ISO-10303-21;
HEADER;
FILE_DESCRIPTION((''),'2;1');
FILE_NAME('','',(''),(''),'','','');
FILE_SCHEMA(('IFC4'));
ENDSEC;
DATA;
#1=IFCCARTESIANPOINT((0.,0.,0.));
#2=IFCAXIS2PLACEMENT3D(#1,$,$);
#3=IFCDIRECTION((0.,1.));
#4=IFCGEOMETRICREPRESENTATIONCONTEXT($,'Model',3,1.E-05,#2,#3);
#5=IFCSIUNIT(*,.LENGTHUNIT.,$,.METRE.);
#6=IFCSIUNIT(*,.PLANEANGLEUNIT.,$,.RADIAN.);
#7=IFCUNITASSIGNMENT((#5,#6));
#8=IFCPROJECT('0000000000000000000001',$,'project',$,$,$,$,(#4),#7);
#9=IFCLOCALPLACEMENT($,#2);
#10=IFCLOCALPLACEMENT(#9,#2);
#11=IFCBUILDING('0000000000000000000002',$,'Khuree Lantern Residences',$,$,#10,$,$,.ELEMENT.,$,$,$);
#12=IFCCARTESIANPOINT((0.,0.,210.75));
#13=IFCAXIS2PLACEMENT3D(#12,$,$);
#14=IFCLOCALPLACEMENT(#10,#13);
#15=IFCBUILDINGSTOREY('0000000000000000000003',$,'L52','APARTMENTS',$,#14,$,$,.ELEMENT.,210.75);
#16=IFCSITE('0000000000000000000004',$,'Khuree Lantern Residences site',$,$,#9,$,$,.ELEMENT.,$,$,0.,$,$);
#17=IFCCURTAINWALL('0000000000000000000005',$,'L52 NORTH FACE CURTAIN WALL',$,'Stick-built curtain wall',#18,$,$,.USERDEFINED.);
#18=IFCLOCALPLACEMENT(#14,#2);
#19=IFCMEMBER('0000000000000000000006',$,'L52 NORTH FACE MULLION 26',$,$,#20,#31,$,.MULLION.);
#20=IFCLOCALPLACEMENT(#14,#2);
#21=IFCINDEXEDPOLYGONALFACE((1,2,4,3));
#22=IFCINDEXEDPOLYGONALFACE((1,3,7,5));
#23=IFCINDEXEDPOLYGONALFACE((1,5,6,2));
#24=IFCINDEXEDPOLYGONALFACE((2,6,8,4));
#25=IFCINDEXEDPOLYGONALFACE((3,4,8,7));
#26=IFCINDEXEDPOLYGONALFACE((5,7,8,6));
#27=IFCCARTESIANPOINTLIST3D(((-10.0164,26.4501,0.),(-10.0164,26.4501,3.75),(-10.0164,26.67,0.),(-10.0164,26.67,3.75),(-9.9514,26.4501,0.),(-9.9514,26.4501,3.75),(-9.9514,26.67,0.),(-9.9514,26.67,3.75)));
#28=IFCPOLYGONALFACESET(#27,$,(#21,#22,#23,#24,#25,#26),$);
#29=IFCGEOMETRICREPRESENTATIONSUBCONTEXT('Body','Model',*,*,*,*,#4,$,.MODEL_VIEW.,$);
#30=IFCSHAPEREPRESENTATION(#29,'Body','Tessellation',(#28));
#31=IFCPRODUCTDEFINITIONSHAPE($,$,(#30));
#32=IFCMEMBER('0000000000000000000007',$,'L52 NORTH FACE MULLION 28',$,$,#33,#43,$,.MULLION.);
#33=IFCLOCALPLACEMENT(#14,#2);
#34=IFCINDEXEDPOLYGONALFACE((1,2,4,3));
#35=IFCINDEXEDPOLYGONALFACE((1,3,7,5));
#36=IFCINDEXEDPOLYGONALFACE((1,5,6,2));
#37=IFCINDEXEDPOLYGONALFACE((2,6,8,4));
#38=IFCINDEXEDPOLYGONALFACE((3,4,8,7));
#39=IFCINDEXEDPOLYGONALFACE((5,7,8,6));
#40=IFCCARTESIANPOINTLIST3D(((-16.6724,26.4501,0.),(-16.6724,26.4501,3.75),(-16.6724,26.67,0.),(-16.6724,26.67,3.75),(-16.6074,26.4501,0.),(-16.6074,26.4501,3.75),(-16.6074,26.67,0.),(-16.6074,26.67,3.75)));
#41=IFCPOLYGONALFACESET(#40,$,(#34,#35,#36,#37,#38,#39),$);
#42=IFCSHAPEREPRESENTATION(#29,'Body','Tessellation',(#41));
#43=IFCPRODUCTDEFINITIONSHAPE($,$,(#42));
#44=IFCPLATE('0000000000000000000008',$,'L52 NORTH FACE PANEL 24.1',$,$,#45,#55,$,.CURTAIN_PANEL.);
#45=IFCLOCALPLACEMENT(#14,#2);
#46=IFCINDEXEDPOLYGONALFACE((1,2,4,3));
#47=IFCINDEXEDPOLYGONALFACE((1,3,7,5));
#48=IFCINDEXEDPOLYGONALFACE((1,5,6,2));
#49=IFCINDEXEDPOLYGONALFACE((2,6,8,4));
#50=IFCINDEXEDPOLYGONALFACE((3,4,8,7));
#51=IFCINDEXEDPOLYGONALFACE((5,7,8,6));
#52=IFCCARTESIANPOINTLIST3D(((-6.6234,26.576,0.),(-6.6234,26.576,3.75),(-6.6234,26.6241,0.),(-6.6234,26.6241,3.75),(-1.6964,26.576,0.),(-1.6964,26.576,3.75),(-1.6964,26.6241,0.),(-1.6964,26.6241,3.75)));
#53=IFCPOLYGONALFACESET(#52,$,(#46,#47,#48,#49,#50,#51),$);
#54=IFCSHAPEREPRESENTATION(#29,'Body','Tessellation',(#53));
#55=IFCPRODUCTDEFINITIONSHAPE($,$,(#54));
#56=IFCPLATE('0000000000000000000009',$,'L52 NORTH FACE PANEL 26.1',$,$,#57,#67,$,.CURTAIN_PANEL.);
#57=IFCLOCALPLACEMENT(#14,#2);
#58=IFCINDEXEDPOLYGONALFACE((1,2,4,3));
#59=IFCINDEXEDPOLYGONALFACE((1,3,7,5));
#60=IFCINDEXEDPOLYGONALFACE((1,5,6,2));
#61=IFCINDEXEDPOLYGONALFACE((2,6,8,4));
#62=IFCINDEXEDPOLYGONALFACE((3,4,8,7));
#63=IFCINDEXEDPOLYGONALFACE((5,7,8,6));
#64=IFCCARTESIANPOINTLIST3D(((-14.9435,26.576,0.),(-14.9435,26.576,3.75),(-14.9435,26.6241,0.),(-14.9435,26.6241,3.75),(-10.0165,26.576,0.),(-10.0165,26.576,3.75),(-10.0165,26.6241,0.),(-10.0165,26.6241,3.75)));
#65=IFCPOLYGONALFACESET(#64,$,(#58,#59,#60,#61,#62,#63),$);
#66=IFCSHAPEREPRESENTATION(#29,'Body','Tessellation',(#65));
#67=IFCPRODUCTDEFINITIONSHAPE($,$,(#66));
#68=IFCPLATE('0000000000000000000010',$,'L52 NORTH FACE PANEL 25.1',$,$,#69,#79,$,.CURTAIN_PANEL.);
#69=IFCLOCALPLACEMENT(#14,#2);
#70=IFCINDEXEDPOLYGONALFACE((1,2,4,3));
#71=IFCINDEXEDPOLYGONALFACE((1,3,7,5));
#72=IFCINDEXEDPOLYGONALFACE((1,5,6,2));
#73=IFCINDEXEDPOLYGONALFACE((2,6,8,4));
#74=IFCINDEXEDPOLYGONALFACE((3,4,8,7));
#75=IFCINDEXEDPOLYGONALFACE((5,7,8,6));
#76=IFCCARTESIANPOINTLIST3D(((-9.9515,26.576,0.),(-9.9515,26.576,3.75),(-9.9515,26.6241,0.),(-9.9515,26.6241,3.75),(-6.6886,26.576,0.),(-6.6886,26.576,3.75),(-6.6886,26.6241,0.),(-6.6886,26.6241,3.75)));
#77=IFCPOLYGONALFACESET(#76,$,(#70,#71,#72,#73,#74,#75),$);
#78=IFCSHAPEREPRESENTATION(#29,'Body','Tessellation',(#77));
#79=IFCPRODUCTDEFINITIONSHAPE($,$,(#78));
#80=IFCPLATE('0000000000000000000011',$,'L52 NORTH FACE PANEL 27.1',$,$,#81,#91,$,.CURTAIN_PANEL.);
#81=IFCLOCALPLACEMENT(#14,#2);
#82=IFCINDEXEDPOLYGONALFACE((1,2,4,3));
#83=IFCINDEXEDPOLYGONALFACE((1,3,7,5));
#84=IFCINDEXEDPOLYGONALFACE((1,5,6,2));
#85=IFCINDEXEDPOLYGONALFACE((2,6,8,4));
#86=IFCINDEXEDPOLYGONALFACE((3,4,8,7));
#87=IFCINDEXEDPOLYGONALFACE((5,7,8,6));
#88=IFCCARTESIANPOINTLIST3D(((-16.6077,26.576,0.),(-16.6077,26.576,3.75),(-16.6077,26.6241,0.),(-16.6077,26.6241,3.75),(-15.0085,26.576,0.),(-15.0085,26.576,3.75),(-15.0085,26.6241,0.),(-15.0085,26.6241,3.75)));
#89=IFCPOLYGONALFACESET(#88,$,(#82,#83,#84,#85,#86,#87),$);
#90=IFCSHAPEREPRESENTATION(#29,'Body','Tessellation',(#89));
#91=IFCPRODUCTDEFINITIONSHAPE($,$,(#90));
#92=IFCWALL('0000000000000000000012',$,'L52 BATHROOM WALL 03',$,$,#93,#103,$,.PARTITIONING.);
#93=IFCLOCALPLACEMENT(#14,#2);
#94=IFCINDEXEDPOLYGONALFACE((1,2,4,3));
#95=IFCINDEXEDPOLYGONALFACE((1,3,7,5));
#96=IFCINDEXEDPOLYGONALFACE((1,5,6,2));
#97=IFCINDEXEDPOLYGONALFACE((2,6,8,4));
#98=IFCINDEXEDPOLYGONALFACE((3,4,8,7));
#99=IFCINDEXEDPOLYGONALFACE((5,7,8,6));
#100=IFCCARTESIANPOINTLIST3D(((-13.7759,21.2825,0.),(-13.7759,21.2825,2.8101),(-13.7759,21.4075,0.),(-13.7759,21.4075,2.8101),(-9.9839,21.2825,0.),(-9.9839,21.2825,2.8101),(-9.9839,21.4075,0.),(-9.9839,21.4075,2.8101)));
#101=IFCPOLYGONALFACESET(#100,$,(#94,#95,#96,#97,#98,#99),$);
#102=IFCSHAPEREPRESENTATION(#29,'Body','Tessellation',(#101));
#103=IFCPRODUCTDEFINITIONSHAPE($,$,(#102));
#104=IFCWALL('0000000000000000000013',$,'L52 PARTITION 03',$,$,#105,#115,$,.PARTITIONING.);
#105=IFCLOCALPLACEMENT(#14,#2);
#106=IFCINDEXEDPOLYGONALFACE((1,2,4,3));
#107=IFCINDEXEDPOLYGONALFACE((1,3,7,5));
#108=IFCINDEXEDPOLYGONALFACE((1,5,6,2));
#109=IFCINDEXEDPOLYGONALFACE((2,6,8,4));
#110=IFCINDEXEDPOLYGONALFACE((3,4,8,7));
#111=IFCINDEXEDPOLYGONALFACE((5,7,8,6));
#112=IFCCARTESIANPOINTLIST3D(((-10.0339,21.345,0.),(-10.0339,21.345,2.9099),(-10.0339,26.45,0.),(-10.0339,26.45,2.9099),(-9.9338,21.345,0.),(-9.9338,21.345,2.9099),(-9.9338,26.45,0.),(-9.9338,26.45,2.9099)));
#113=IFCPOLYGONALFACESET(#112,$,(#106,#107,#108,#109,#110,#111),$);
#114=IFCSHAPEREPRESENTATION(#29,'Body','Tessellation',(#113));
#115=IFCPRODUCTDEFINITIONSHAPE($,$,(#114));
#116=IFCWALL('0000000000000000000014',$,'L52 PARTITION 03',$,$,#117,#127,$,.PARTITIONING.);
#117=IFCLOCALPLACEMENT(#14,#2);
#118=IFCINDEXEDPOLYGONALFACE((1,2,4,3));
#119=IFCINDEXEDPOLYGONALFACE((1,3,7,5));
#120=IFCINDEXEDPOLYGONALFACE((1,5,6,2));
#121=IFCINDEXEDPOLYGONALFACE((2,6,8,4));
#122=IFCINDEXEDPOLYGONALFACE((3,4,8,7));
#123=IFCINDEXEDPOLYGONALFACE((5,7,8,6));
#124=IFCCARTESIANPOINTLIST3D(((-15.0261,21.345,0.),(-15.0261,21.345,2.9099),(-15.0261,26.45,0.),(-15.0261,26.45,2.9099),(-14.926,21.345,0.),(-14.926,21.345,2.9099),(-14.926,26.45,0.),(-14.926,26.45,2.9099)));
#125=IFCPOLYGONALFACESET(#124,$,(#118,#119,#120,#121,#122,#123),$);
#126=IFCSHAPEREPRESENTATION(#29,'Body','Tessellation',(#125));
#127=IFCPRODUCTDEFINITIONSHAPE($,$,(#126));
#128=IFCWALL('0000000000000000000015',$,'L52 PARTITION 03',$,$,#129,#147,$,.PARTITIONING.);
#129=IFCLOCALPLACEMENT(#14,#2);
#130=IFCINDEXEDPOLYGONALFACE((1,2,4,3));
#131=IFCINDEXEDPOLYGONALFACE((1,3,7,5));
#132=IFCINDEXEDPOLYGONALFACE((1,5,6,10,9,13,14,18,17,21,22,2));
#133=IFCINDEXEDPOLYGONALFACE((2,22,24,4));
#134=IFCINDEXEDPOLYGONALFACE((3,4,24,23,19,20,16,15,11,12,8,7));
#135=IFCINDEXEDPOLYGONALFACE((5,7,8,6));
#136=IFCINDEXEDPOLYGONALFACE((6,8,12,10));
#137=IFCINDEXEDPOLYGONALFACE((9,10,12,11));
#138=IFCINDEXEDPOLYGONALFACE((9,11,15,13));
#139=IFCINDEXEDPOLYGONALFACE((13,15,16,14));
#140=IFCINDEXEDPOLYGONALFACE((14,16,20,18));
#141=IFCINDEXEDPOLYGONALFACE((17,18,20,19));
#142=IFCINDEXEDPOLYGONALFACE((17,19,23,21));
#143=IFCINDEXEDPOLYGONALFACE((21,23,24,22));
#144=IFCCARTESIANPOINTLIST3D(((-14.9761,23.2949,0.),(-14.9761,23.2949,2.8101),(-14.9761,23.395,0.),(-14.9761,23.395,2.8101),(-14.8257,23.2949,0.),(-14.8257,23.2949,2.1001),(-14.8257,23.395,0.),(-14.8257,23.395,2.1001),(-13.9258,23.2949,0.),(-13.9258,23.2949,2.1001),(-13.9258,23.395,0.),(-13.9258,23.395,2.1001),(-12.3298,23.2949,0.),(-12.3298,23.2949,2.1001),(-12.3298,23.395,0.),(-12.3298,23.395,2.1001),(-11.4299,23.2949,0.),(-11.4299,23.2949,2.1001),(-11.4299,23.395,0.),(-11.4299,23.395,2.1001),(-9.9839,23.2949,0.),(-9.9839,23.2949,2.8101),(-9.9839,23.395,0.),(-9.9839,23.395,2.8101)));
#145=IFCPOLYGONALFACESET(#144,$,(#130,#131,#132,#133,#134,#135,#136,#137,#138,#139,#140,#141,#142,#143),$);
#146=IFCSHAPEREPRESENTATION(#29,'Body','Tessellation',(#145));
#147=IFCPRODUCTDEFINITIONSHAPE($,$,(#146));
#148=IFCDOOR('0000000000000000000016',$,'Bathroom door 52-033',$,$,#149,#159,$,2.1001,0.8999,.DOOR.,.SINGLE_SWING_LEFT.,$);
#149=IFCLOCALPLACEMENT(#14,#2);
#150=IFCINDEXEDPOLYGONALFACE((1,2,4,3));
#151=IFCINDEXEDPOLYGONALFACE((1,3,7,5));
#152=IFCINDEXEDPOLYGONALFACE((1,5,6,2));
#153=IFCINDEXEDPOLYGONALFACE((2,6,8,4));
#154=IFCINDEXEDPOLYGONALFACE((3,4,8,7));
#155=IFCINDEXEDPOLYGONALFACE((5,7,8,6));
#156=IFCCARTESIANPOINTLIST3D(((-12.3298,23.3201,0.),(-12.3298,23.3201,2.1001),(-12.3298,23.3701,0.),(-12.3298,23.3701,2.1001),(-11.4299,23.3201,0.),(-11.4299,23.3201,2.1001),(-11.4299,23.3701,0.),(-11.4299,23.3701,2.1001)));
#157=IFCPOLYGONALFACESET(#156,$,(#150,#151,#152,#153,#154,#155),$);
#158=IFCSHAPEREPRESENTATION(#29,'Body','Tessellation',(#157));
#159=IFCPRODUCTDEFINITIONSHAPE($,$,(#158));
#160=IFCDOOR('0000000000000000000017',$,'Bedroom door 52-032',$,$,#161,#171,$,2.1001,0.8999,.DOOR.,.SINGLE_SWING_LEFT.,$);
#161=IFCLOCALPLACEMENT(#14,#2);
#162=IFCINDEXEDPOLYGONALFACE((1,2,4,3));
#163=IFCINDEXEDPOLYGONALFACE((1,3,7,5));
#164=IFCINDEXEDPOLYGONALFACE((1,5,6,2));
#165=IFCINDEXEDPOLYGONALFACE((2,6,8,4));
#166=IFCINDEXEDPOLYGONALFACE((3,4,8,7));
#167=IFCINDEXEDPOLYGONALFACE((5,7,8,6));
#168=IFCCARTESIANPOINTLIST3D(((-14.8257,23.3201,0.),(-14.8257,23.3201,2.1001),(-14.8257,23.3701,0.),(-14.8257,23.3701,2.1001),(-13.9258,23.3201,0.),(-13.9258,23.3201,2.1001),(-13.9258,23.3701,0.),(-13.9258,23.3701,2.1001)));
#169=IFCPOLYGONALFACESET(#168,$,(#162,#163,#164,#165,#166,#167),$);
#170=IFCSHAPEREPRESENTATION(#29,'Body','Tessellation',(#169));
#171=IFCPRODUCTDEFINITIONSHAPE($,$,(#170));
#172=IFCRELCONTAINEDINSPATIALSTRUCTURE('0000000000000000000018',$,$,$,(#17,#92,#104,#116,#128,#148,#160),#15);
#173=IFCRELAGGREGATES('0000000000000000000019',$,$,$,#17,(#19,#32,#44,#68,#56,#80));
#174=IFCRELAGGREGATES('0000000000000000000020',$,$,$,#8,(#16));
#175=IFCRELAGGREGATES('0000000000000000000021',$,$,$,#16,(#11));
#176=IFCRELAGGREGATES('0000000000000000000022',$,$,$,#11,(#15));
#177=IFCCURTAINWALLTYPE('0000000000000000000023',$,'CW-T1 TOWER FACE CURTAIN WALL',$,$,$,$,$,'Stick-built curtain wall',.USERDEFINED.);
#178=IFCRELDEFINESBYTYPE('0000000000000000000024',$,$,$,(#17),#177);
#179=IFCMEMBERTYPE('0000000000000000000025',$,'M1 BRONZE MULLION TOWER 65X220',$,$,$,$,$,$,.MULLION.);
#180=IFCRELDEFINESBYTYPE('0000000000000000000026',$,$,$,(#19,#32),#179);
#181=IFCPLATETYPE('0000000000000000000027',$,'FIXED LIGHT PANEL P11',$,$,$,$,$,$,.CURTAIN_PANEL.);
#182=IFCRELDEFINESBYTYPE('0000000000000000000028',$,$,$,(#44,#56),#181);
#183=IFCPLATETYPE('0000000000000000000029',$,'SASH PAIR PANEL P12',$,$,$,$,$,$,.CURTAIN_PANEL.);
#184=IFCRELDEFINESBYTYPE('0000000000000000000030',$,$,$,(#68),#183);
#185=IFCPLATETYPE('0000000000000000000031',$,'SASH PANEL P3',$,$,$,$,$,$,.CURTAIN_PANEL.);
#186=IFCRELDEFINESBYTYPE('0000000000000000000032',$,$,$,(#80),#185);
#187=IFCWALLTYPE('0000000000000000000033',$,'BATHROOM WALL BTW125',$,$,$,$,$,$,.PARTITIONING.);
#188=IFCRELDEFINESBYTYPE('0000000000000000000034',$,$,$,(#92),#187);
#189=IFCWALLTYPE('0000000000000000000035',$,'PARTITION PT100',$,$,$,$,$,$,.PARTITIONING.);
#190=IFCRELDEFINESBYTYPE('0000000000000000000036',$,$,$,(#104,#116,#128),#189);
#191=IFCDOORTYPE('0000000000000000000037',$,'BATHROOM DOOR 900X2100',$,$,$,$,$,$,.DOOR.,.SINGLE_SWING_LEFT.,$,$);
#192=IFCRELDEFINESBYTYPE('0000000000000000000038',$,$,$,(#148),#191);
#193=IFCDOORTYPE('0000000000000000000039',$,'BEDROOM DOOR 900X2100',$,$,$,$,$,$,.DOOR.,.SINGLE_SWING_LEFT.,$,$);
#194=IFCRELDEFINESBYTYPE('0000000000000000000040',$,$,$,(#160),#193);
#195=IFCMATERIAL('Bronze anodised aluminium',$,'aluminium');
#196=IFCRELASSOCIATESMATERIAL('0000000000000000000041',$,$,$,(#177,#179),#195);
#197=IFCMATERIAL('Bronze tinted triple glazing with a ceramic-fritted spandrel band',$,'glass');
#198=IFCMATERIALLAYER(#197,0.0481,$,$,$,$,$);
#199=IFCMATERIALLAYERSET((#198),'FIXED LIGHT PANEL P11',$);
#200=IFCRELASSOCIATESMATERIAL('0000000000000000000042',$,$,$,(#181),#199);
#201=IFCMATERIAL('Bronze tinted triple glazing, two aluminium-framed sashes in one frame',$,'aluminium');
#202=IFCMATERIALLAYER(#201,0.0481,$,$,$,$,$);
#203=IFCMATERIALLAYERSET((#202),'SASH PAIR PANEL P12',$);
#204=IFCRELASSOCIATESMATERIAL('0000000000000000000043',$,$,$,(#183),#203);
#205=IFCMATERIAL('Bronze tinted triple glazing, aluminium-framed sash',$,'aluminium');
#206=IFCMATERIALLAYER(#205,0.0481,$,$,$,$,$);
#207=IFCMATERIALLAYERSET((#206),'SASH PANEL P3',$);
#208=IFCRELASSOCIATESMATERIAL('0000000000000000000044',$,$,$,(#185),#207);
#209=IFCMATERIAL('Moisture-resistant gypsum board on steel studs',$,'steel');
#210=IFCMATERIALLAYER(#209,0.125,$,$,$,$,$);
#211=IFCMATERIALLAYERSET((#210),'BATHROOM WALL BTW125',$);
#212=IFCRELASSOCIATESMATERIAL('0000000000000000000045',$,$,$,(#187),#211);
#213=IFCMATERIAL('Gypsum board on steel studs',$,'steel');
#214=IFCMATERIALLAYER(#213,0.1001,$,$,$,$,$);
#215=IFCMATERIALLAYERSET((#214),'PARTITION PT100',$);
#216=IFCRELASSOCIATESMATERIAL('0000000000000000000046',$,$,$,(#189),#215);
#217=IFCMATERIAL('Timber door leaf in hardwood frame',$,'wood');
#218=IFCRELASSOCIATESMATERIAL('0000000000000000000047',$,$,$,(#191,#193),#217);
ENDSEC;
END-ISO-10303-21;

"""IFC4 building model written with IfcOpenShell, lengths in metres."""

from ifc_helpers import new_model, si_unit, direction, frame, frame_2d, origin, origin_2d, place, context, subcontext, project, spatial, rectangle, extrude, material, layer, layer_set, material_profile, profile_set, type_object, element, fill, aggregate, save


model = new_model("IFC4")

# Units and contexts
model_context = context("Model", 3, precision=1e-05, world=origin(), true_north=direction((0.0, 1.0)))
body_context = subcontext(model_context, "Body", "Model", "MODEL_VIEW")
ifc_project = project(units=[si_unit("LENGTHUNIT", "METRE"), si_unit("PLANEANGLEUNIT", "RADIAN")], contexts=[model_context])

# Site, building, storey
site_placement = place(None, origin())
site = spatial("IfcSite", under=ifc_project, at=site_placement, Name="Khuree Lantern Residences site", CompositionType="ELEMENT", RefElevation=0.0)
building_placement = place(site_placement, origin())
building = spatial("IfcBuilding", under=site, at=building_placement, Name="Khuree Lantern Residences", CompositionType="ELEMENT")
storey_placement = place(building_placement, frame((0.0, 0.0, 210.75)))
storey = spatial("IfcBuildingStorey", under=building, at=storey_placement, Name="L52", Description="APARTMENTS", CompositionType="ELEMENT", Elevation=210.75)

# Curtain wall
ifc_material_1 = material(Name="Bronze anodised aluminium", Category="aluminium")
curtain_wall_type = type_object("IfcCurtainWallType", Name="CW-T1 TOWER FACE CURTAIN WALL", ElementType="Stick-built curtain wall", PredefinedType="USERDEFINED", material=ifc_material_1)
curtain_wall_placement = place(storey_placement, origin())
curtain_wall = element("IfcCurtainWall", 1, at=curtain_wall_placement, inside=storey, type_object=curtain_wall_type, Name="L52 NORTH FACE CURTAIN WALL", ObjectType="Stick-built curtain wall", PredefinedType="USERDEFINED")

# Members
ifc_material_profile_1 = material_profile(ifc_material_1, rectangle(XDim=0.0649, YDim=0.22, at=origin_2d()), Name="M1 65X220")
ifc_profile_set_1 = profile_set([ifc_material_profile_1], Name="Bronze anodised aluminium")
member_type_1 = type_object("IfcMemberType", Name="M1 BRONZE MULLION TOWER 65X220", PredefinedType="MULLION", material=ifc_profile_set_1)
member_1_placement = place(storey_placement, frame((-9.9839, 26.5601, 0.0), z_axis=(0.0, 0.0, 1.0), x_axis=(-1.0, 0.0, 0.0)))
member_1 = element("IfcMember", 2, at=member_1_placement, type_object=member_type_1, Name="L52 NORTH FACE MULLION 26", PredefinedType="MULLION", context=body_context, shape_type="SweptSolid", body=[
    extrude(rectangle(XDim=0.0649, YDim=0.22, at=origin_2d()), origin(), (0.0, 0.0, 1.0), 3.75),
])
member_2_placement = place(storey_placement, frame((-16.6399, 26.5601, 0.0), z_axis=(0.0, 0.0, 1.0), x_axis=(-1.0, 0.0, 0.0)))
member_2 = element("IfcMember", 3, at=member_2_placement, type_object=member_type_1, Name="L52 NORTH FACE MULLION 28", PredefinedType="MULLION", context=body_context, shape_type="SweptSolid", body=[
    extrude(rectangle(XDim=0.0649, YDim=0.22, at=origin_2d()), origin(), (0.0, 0.0, 1.0), 3.75),
])

# Plates
ifc_material_2 = material(Name="Bronze tinted triple glazing with a ceramic-fritted spandrel band", Category="glass")
ifc_layer_1 = layer(ifc_material_2, 0.0481)
ifc_layer_set_1 = layer_set([ifc_layer_1], Name="FIXED LIGHT PANEL P11")
plate_type_1 = type_object("IfcPlateType", Name="FIXED LIGHT PANEL P11", PredefinedType="CURTAIN_PANEL", material=ifc_layer_set_1)
plate_1_placement = place(storey_placement, frame((-4.1599, 26.6001, 0.0), z_axis=(0.0, 0.0, 1.0), x_axis=(-1.0, 0.0, 0.0)))
plate_1 = element("IfcPlate", 4, at=plate_1_placement, type_object=plate_type_1, Name="L52 NORTH FACE PANEL 24.1", PredefinedType="CURTAIN_PANEL", context=body_context, shape_type="SweptSolid", body=[
    extrude(rectangle(XDim=4.927, YDim=0.0481, at=origin_2d()), origin(), (0.0, 0.0, 1.0), 3.75),
])
plate_2_placement = place(storey_placement, frame((-12.48, 26.6001, 0.0), z_axis=(0.0, 0.0, 1.0), x_axis=(-1.0, 0.0, 0.0)))
plate_2 = element("IfcPlate", 5, at=plate_2_placement, type_object=plate_type_1, Name="L52 NORTH FACE PANEL 26.1", PredefinedType="CURTAIN_PANEL", context=body_context, shape_type="SweptSolid", body=[
    extrude(rectangle(XDim=4.927, YDim=0.0481, at=origin_2d()), origin(), (0.0, 0.0, 1.0), 3.75),
])
ifc_material_3 = material(Name="Bronze tinted triple glazing, two aluminium-framed sashes in one frame", Category="aluminium")
ifc_layer_2 = layer(ifc_material_3, 0.0481)
ifc_layer_set_2 = layer_set([ifc_layer_2], Name="SASH PAIR PANEL P12")
plate_type_2 = type_object("IfcPlateType", Name="SASH PAIR PANEL P12", PredefinedType="CURTAIN_PANEL", material=ifc_layer_set_2)
plate_3_placement = place(storey_placement, frame((-8.3201, 26.6001, 0.0), z_axis=(0.0, 0.0, 1.0), x_axis=(-1.0, 0.0, 0.0)))
plate_3 = element("IfcPlate", 6, at=plate_3_placement, type_object=plate_type_2, Name="L52 NORTH FACE PANEL 25.1", PredefinedType="CURTAIN_PANEL", context=body_context, shape_type="SweptSolid", body=[
    extrude(rectangle(XDim=3.2629, YDim=0.0481, at=origin_2d()), origin(), (0.0, 0.0, 1.0), 3.75),
])
ifc_material_4 = material(Name="Bronze tinted triple glazing, aluminium-framed sash", Category="aluminium")
ifc_layer_3 = layer(ifc_material_4, 0.0481)
ifc_layer_set_3 = layer_set([ifc_layer_3], Name="SASH PANEL P3")
plate_type_3 = type_object("IfcPlateType", Name="SASH PANEL P3", PredefinedType="CURTAIN_PANEL", material=ifc_layer_set_3)
plate_4_placement = place(storey_placement, frame((-15.8081, 26.6001, 0.0), z_axis=(0.0, 0.0, 1.0), x_axis=(-1.0, 0.0, 0.0)))
plate_4 = element("IfcPlate", 7, at=plate_4_placement, type_object=plate_type_3, Name="L52 NORTH FACE PANEL 27.1", PredefinedType="CURTAIN_PANEL", context=body_context, shape_type="SweptSolid", body=[
    extrude(rectangle(XDim=1.5991, YDim=0.0481, at=origin_2d()), origin(), (0.0, 0.0, 1.0), 3.75),
])
aggregate(curtain_wall, [member_1, member_2, plate_1, plate_3, plate_2, plate_4])

# Walls
ifc_material_5 = material(Name="Moisture-resistant gypsum board on steel studs", Category="steel")
ifc_layer_4 = layer(ifc_material_5, 0.125)
ifc_layer_set_4 = layer_set([ifc_layer_4], Name="BATHROOM WALL BTW125")
wall_type_1 = type_object("IfcWallType", Name="BATHROOM WALL BTW125", PredefinedType="PARTITIONING", material=ifc_layer_set_4)
wall_1_placement = place(storey_placement, frame((-9.9839, 21.345, 0.0), z_axis=(0.0, 0.0, 1.0), x_axis=(-1.0, 0.0, 0.0)))
element("IfcWall", 8, at=wall_1_placement, inside=storey, type_object=wall_type_1, Name="L52 BATHROOM WALL 03", PredefinedType="PARTITIONING", context=body_context, shape_type="SweptSolid", body=[
    extrude(rectangle(XDim=3.792, YDim=0.125, at=frame_2d((1.896, 0.0))), origin(), (0.0, 0.0, 1.0), 2.8101),
])
ifc_material_6 = material(Name="Gypsum board on steel studs", Category="steel")
ifc_layer_5 = layer(ifc_material_6, 0.1001)
ifc_layer_set_5 = layer_set([ifc_layer_5], Name="PARTITION PT100")
wall_type_2 = type_object("IfcWallType", Name="PARTITION PT100", PredefinedType="PARTITIONING", material=ifc_layer_set_5)
for number, where, z_axis, x_axis, name in (
    (9, (-9.9839, 21.345, 0.0), (0.0, 0.0, 1.0), (0.0, 1.0, 0.0), "L52 PARTITION 03"),
    (10, (-14.9761, 21.345, 0.0), (0.0, 0.0, 1.0), (0.0, 1.0, 0.0), "L52 PARTITION 03"),
):
    element("IfcWall", number, at=place(storey_placement, frame(where, z_axis=z_axis, x_axis=x_axis)), inside=storey, type_object=wall_type_2, Name=name, PredefinedType="PARTITIONING", context=body_context, shape_type="SweptSolid", body=[
        extrude(rectangle(XDim=5.105, YDim=0.1001, at=frame_2d((2.5525, 0.0))), origin(), (0.0, 0.0, 1.0), 2.9099),
    ])

# Wall, openings, doors
wall_2_placement = place(storey_placement, frame((-9.9839, 23.345, 0.0), z_axis=(0.0, 0.0, 1.0), x_axis=(-1.0, 0.0, 0.0)))
wall_2 = element("IfcWall", 11, at=wall_2_placement, inside=storey, type_object=wall_type_2, Name="L52 PARTITION 03", PredefinedType="PARTITIONING", context=body_context, shape_type="SweptSolid", body=[
    extrude(rectangle(XDim=4.9922, YDim=0.1001, at=frame_2d((2.4961, 0.0))), origin(), (0.0, 0.0, 1.0), 2.8101),
])
opening_1_placement = place(wall_2_placement, frame((3.9419, 0.0, 0.0)))
opening_1 = element("IfcOpeningElement", 12, at=opening_1_placement, cuts=wall_2, PredefinedType="OPENING", context=body_context, shape_type="SweptSolid", body=[
    extrude(rectangle(XDim=0.8999, YDim=2.1001, at=frame_2d((0.45, 1.05))), frame((0.0, 0.0601, 0.0), z_axis=(0.0, -1.0, 0.0), x_axis=(1.0, 0.0, 0.0)), (0.0, 0.0, 1.0), 0.1201),
])
opening_2_placement = place(wall_2_placement, frame((1.446, 0.0, 0.0)))
opening_2 = element("IfcOpeningElement", 13, at=opening_2_placement, cuts=wall_2, PredefinedType="OPENING", context=body_context, shape_type="SweptSolid", body=[
    extrude(rectangle(XDim=0.8999, YDim=2.1001, at=frame_2d((0.45, 1.05))), frame((0.0, 0.0601, 0.0), z_axis=(0.0, -1.0, 0.0), x_axis=(1.0, 0.0, 0.0)), (0.0, 0.0, 1.0), 0.1201),
])
ifc_material_7 = material(Name="Timber door leaf in hardwood frame", Category="wood")
door_type_1 = type_object("IfcDoorType", Name="BATHROOM DOOR 900X2100", OperationType="SINGLE_SWING_LEFT", PredefinedType="DOOR", material=ifc_material_7)
door_1_placement = place(opening_2_placement, origin())
door_1 = element("IfcDoor", 14, at=door_1_placement, inside=storey, type_object=door_type_1, Name="Bathroom door 52-033", OperationType="SINGLE_SWING_LEFT", OverallHeight=2.1001, OverallWidth=0.8999, PredefinedType="DOOR", context=body_context, shape_type="SweptSolid", body=[
    extrude(rectangle(XDim=0.8999, YDim=2.1001, at=frame_2d((0.45, 1.05))), frame((0.0, 0.0249, 0.0), z_axis=(0.0, -1.0, 0.0), x_axis=(1.0, 0.0, 0.0)), (0.0, 0.0, 1.0), 0.05),
])
fill(opening_2, door_1)
door_type_2 = type_object("IfcDoorType", Name="BEDROOM DOOR 900X2100", OperationType="SINGLE_SWING_LEFT", PredefinedType="DOOR", material=ifc_material_7)
door_2_placement = place(opening_1_placement, origin())
door_2 = element("IfcDoor", 15, at=door_2_placement, inside=storey, type_object=door_type_2, Name="Bedroom door 52-032", OperationType="SINGLE_SWING_LEFT", OverallHeight=2.1001, OverallWidth=0.8999, PredefinedType="DOOR", context=body_context, shape_type="SweptSolid", body=[
    extrude(rectangle(XDim=0.8999, YDim=2.1001, at=frame_2d((0.45, 1.05))), frame((0.0, 0.0249, 0.0), z_axis=(0.0, -1.0, 0.0), x_axis=(1.0, 0.0, 0.0)), (0.0, 0.0, 1.0), 0.05),
])
fill(opening_1, door_2)

save(model, "model.ifc")
